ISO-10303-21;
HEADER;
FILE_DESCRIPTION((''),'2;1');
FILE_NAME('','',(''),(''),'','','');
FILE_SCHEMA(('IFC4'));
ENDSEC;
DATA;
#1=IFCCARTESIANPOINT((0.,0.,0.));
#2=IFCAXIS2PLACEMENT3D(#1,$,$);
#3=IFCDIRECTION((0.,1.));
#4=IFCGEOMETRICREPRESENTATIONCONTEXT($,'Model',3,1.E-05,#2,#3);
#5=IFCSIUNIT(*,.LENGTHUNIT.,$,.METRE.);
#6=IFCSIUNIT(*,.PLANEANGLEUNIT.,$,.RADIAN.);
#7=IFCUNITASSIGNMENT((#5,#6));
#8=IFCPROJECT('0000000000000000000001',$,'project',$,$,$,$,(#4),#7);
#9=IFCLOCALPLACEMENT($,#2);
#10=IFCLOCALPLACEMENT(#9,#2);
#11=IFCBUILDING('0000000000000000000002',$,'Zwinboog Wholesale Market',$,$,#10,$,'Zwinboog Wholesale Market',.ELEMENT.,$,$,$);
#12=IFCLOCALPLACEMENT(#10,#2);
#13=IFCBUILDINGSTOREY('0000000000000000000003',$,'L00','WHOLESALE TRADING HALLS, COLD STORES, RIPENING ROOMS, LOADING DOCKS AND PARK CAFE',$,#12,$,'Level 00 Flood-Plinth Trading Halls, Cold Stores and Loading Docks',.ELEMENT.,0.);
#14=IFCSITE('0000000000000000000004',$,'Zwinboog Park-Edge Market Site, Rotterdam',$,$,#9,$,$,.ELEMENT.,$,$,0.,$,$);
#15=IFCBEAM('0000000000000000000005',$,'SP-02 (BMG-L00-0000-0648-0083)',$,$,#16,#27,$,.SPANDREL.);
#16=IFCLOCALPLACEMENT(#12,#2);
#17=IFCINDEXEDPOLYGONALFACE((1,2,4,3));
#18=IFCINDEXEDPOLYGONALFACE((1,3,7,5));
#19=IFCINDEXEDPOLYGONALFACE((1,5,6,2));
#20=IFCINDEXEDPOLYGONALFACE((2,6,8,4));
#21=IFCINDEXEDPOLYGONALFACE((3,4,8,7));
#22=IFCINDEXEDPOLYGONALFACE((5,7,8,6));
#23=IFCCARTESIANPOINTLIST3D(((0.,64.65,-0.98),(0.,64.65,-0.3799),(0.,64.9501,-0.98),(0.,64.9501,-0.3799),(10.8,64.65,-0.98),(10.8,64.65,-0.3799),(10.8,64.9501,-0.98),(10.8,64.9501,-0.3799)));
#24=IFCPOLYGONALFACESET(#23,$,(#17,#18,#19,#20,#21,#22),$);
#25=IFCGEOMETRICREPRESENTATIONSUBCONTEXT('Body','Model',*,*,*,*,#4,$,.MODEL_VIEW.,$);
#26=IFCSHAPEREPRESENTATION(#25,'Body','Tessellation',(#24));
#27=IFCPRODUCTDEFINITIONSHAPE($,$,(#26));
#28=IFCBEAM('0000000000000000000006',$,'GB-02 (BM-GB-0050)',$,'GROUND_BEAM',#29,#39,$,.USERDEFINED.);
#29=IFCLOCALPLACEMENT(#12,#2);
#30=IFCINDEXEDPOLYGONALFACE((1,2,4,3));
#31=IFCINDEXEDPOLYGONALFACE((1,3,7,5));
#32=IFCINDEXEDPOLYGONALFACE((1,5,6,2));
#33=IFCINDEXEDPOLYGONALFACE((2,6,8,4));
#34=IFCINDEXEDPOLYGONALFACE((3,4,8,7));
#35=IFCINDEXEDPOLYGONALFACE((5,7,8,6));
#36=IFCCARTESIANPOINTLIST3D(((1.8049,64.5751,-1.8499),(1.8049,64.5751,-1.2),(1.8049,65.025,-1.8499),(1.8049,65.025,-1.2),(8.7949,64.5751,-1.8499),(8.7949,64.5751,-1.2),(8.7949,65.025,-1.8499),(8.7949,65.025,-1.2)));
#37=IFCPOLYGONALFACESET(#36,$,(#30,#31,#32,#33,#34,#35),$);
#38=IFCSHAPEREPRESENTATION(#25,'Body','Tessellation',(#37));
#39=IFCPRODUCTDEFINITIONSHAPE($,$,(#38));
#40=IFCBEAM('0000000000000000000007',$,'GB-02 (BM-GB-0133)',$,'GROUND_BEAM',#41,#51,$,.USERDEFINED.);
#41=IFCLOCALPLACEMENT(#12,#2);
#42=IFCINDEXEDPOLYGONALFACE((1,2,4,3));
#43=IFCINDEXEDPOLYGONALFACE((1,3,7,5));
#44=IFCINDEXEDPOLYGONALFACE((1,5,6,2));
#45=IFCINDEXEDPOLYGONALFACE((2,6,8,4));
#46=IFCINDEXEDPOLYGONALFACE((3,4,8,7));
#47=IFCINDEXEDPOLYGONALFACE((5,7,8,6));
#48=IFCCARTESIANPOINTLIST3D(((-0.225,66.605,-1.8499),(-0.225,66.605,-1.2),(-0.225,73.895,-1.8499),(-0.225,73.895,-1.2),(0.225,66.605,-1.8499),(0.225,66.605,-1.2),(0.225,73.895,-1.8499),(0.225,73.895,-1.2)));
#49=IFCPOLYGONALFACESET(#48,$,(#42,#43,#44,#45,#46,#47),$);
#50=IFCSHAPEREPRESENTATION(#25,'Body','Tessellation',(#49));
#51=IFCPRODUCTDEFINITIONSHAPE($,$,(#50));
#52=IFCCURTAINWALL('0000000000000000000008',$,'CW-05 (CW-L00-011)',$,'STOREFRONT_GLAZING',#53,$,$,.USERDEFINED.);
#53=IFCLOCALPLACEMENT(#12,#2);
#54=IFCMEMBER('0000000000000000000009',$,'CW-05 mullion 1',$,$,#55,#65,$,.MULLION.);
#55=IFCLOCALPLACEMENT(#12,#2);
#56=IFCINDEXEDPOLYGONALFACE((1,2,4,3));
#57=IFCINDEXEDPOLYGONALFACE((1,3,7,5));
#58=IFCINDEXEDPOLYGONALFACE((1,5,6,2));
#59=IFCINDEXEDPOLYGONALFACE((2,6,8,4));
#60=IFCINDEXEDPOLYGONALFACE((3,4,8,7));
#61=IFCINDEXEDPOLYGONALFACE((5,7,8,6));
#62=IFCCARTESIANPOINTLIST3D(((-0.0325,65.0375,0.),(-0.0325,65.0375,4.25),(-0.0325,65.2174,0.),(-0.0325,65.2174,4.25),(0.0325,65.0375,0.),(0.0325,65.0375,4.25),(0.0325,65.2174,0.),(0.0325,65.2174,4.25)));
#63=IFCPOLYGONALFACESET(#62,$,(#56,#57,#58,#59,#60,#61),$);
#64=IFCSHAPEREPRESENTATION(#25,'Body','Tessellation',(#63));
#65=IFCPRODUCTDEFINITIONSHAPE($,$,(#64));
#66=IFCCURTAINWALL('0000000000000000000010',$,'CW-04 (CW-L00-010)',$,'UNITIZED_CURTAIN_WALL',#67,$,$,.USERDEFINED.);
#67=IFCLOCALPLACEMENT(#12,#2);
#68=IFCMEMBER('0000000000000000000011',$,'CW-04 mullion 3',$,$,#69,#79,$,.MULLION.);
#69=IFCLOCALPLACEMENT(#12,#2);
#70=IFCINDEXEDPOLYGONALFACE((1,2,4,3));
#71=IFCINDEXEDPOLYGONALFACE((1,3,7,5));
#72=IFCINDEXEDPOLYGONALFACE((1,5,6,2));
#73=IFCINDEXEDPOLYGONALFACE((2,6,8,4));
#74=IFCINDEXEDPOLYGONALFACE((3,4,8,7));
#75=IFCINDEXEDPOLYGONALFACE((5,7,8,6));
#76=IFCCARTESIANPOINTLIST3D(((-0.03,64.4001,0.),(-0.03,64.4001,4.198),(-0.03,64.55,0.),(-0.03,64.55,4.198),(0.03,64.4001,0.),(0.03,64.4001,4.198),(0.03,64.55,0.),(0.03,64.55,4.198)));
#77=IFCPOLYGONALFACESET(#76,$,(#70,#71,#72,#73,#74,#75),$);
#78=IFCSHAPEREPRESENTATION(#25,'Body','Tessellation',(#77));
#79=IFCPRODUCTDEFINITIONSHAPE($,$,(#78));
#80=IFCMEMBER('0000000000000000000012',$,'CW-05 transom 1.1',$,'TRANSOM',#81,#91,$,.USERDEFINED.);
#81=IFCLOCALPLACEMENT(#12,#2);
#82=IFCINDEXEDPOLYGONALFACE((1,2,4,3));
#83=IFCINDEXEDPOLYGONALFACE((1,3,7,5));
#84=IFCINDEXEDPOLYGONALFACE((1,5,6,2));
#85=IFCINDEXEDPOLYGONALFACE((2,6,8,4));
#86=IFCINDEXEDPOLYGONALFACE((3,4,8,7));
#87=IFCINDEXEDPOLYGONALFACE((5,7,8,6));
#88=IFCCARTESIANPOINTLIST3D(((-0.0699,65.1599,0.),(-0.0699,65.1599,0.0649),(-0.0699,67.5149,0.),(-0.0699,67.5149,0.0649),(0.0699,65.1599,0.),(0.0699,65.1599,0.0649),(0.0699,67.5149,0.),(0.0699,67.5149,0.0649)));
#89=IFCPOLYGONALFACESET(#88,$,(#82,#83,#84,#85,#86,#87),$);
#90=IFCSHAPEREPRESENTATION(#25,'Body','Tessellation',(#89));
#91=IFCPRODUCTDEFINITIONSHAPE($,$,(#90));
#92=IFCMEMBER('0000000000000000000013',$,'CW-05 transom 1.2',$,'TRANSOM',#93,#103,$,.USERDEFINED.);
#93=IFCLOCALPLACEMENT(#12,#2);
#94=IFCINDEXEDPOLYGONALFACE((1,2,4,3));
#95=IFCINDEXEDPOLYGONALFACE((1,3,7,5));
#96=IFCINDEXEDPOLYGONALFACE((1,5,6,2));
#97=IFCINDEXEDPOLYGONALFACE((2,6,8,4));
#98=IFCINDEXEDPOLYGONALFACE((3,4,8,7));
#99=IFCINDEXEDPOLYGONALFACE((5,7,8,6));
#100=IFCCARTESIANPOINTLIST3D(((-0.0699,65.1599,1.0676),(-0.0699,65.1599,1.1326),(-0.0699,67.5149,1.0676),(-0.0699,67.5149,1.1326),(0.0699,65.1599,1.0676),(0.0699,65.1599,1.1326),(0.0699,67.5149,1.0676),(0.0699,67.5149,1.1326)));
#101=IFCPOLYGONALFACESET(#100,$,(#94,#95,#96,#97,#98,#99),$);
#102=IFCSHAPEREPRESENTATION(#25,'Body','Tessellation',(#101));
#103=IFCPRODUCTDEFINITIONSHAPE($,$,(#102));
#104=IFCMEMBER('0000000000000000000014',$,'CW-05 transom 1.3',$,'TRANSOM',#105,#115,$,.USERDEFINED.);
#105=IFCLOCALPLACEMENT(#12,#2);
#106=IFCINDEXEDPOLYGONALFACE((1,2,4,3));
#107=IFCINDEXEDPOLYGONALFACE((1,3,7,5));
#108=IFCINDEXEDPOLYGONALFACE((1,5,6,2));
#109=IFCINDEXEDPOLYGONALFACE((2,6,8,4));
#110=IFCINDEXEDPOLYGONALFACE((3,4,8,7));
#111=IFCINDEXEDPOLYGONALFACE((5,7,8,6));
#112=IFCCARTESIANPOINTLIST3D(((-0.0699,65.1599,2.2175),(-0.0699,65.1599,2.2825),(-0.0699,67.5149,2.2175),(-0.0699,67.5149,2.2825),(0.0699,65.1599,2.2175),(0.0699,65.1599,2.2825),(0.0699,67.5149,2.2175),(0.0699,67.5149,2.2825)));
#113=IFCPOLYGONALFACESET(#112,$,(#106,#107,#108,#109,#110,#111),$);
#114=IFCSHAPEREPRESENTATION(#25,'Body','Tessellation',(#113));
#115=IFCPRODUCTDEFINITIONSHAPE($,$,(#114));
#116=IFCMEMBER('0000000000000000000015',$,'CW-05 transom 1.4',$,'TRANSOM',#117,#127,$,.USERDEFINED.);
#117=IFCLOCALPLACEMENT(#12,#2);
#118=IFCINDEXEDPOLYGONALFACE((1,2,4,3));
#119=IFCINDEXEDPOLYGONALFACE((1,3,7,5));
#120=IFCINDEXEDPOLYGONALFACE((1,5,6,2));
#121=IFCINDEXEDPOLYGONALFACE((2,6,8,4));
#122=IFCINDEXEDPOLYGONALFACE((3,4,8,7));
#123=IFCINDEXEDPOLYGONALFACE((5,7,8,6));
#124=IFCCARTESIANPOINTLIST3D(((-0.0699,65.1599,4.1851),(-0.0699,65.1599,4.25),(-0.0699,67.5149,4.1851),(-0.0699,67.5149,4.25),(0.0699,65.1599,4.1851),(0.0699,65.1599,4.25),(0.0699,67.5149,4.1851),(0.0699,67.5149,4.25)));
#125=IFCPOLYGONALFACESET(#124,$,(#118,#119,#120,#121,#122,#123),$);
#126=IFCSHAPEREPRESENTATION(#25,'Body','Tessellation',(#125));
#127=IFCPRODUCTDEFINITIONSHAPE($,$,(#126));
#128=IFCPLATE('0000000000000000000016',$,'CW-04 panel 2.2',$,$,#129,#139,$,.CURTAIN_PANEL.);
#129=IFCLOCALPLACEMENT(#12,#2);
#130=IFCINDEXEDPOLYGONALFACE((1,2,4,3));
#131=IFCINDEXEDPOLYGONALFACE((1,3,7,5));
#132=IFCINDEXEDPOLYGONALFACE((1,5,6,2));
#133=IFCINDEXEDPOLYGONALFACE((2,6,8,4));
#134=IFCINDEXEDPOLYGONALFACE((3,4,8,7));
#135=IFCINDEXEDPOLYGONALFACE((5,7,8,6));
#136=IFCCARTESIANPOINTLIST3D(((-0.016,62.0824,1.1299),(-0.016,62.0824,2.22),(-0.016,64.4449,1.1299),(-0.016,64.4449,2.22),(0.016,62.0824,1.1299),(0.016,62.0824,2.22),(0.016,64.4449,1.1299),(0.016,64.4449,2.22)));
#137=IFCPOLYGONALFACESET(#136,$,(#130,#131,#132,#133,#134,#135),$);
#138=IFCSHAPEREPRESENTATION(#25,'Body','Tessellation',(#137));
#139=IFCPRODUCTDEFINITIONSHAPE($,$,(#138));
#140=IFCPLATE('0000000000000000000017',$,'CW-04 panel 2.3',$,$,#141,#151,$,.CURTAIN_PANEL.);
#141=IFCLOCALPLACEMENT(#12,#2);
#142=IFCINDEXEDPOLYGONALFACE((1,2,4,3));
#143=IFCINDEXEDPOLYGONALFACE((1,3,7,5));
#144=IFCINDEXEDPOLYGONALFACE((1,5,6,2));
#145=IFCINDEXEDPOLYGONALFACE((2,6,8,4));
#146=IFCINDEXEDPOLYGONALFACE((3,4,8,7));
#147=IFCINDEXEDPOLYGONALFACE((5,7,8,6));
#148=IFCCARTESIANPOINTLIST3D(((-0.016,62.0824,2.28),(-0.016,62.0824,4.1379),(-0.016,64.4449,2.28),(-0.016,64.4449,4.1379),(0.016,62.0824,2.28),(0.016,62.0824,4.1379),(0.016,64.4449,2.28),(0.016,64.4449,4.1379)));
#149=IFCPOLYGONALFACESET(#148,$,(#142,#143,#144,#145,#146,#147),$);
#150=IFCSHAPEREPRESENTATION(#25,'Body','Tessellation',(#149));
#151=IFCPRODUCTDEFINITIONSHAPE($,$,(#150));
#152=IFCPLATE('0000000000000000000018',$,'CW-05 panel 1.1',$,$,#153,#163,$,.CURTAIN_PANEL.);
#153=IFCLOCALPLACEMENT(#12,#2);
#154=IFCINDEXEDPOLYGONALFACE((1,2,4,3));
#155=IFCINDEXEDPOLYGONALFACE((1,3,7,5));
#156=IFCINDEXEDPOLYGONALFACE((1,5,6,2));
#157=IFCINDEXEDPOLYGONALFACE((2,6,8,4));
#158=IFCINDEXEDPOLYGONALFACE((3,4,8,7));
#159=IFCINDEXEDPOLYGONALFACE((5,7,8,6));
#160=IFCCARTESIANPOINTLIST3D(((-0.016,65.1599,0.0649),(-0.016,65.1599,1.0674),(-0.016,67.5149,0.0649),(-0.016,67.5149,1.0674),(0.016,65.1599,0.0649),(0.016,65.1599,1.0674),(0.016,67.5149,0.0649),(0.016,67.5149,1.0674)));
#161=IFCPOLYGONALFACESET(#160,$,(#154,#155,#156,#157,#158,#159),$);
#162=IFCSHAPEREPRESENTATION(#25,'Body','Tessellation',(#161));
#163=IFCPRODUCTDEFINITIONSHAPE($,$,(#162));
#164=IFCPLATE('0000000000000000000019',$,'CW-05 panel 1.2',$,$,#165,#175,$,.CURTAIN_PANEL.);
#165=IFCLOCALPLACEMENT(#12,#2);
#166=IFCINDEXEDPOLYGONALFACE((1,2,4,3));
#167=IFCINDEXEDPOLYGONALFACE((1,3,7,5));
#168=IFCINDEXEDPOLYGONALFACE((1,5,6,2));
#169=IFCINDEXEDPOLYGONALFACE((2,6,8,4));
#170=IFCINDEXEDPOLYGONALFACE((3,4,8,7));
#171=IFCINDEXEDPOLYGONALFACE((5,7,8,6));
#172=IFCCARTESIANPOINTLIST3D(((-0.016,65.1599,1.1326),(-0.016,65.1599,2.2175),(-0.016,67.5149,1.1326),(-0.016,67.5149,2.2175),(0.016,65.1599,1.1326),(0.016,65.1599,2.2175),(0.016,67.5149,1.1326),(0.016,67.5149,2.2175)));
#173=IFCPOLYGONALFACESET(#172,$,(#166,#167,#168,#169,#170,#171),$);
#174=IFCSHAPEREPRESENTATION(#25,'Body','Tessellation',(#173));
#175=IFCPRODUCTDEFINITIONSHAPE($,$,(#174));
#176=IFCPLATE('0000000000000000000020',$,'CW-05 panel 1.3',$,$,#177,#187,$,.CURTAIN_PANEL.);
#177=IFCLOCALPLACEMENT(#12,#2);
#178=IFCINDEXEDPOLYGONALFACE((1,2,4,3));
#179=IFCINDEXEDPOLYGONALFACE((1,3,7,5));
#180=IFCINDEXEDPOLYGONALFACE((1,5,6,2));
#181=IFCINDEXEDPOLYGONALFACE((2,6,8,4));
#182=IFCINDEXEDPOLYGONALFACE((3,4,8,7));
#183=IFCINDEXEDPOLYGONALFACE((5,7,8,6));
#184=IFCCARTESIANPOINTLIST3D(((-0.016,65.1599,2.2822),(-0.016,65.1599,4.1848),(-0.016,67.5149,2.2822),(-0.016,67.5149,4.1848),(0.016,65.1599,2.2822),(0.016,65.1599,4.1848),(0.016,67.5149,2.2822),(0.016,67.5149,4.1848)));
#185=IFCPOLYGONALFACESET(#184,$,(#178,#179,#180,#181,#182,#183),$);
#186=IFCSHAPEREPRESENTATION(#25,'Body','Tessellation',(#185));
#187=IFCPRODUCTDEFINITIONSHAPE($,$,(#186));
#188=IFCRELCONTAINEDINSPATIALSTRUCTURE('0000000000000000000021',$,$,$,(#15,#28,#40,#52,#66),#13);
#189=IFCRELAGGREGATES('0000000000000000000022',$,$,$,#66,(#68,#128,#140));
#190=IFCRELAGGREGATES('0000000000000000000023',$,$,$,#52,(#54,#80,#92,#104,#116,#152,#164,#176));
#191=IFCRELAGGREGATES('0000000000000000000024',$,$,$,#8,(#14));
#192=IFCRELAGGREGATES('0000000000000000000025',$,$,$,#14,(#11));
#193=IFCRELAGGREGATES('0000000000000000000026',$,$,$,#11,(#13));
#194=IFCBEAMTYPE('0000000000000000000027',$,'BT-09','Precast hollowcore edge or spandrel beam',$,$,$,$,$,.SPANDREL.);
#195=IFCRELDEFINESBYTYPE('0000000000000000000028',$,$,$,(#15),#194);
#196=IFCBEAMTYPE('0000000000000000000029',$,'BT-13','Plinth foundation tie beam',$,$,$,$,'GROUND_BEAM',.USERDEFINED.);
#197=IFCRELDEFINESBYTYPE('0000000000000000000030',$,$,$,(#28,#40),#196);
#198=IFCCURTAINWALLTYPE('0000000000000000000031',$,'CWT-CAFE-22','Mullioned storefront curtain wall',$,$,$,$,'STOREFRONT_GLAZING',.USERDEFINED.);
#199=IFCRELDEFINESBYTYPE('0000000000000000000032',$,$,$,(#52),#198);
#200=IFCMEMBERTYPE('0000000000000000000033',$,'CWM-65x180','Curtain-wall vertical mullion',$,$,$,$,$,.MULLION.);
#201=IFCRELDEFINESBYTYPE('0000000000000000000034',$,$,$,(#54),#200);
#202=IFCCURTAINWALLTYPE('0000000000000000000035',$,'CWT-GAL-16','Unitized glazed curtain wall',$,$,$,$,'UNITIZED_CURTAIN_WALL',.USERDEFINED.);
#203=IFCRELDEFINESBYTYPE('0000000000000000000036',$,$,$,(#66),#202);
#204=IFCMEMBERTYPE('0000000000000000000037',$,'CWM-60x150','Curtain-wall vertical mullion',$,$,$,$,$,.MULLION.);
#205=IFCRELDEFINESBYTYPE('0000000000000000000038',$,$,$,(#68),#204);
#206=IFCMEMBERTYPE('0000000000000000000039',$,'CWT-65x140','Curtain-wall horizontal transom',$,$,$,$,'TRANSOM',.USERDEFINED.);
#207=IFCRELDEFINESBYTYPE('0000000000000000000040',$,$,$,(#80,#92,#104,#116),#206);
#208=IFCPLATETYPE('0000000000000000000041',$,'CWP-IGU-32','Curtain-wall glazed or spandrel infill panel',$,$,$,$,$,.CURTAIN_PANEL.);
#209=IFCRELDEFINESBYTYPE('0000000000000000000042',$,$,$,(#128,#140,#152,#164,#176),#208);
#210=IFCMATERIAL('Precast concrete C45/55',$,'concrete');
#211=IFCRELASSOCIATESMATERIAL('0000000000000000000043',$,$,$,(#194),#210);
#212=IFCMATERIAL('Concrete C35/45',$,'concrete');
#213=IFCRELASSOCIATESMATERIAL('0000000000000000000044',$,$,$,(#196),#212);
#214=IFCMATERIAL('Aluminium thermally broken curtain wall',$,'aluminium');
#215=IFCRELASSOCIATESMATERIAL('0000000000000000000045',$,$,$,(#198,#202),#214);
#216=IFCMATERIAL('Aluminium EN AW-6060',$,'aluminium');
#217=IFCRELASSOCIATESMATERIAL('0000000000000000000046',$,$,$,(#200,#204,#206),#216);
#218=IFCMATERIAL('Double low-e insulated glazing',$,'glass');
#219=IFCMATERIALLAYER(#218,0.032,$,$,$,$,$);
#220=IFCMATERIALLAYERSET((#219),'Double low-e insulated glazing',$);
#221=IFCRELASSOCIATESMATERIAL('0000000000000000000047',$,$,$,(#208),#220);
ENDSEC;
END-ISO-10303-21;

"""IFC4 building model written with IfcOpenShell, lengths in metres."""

from ifc_helpers import new_model, si_unit, direction, frame, origin, origin_2d, place, context, subcontext, project, spatial, rectangle, extrude, material, layer, layer_set, material_profile, profile_set, type_object, element, aggregate, save


model = new_model("IFC4")

# Units and contexts
model_context = context("Model", 3, precision=1e-05, world=origin(), true_north=direction((0.0, 1.0)))
body_context = subcontext(model_context, "Body", "Model", "MODEL_VIEW")
ifc_project = project(units=[si_unit("LENGTHUNIT", "METRE"), si_unit("PLANEANGLEUNIT", "RADIAN")], contexts=[model_context])

# Site, building, storey
site_placement = place(None, origin())
site = spatial("IfcSite", under=ifc_project, at=site_placement, Name="Zwinboog Park-Edge Market Site, Rotterdam", CompositionType="ELEMENT", RefElevation=0.0)
building_placement = place(site_placement, origin())
building = spatial("IfcBuilding", under=site, at=building_placement, Name="Zwinboog Wholesale Market", LongName="Zwinboog Wholesale Market", CompositionType="ELEMENT")
storey_placement = place(building_placement, origin())
storey = spatial("IfcBuildingStorey", under=building, at=storey_placement, Name="L00", Description="WHOLESALE TRADING HALLS, COLD STORES, RIPENING ROOMS, LOADING DOCKS AND PARK CAFE", LongName="Level 00 Flood-Plinth Trading Halls, Cold Stores and Loading Docks", CompositionType="ELEMENT", Elevation=0.0)

# Shared definitions
ifc_material_1 = material(Name="Concrete C35/45", Category="concrete")

# Shared definitions
ifc_material_2 = material(Name="Precast concrete C45/55", Category="concrete")

# Beams
ifc_material_profile_1 = material_profile(ifc_material_2, rectangle(XDim=0.3, YDim=0.6001, at=origin_2d()), Name="PC 300x600")
ifc_profile_set_1 = profile_set([ifc_material_profile_1], Name="Precast concrete C45/55")
beam_type_1 = type_object("IfcBeamType", Name="BT-09", Description="Precast hollowcore edge or spandrel beam", PredefinedType="SPANDREL", material=ifc_profile_set_1)
beam_1_placement = place(storey_placement, frame((0.0, 64.8, -0.6799), z_axis=(1.0, 0.0, 0.0), x_axis=(0.0, 1.0, 0.0)))
element("IfcBeam", 1, at=beam_1_placement, inside=storey, type_object=beam_type_1, Name="SP-02 (BMG-L00-0000-0648-0083)", PredefinedType="SPANDREL", context=body_context, shape_type="SweptSolid", body=[
    extrude(rectangle(XDim=0.3, YDim=0.6001, at=origin_2d()), origin(), (0.0, 0.0, 1.0), 10.8),
])
ifc_material_profile_2 = material_profile(ifc_material_1, rectangle(XDim=0.45, YDim=0.6499, at=origin_2d()), Name="RC 450x650")
ifc_profile_set_2 = profile_set([ifc_material_profile_2], Name="Concrete C35/45")
beam_type_2 = type_object("IfcBeamType", Name="BT-13", Description="Plinth foundation tie beam", ElementType="GROUND_BEAM", PredefinedType="USERDEFINED", material=ifc_profile_set_2)
beam_2_placement = place(storey_placement, frame((1.8049, 64.8, -1.5249), z_axis=(1.0, 0.0, 0.0), x_axis=(0.0, 1.0, 0.0)))
element("IfcBeam", 2, at=beam_2_placement, inside=storey, type_object=beam_type_2, Name="GB-02 (BM-GB-0050)", ObjectType="GROUND_BEAM", PredefinedType="USERDEFINED", context=body_context, shape_type="SweptSolid", body=[
    extrude(rectangle(XDim=0.45, YDim=0.6499, at=origin_2d()), origin(), (0.0, 0.0, 1.0), 6.99),
])
beam_3_placement = place(storey_placement, frame((0.0, 66.605, -1.5249), z_axis=(0.0, 1.0, 0.0), x_axis=(-1.0, 0.0, 0.0)))
element("IfcBeam", 3, at=beam_3_placement, inside=storey, type_object=beam_type_2, Name="GB-02 (BM-GB-0133)", ObjectType="GROUND_BEAM", PredefinedType="USERDEFINED", context=body_context, shape_type="SweptSolid", body=[
    extrude(rectangle(XDim=0.45, YDim=0.6499, at=origin_2d()), origin(), (0.0, 0.0, 1.0), 7.29),
])

# Curtain walls, members
ifc_material_3 = material(Name="Aluminium thermally broken curtain wall", Category="aluminium")
curtain_wall_type_1 = type_object("IfcCurtainWallType", Name="CWT-CAFE-22", Description="Mullioned storefront curtain wall", ElementType="STOREFRONT_GLAZING", PredefinedType="USERDEFINED", material=ifc_material_3)
curtain_wall_1_placement = place(storey_placement, origin())
curtain_wall_1 = element("IfcCurtainWall", 4, at=curtain_wall_1_placement, inside=storey, type_object=curtain_wall_type_1, Name="CW-05 (CW-L00-011)", ObjectType="STOREFRONT_GLAZING", PredefinedType="USERDEFINED")
ifc_material_4 = material(Name="Aluminium EN AW-6060", Category="aluminium")
ifc_material_profile_3 = material_profile(ifc_material_4, rectangle(XDim=0.0649, YDim=0.1799, at=origin_2d()), Name="AL 65x180")
ifc_profile_set_3 = profile_set([ifc_material_profile_3], Name="Aluminium EN AW-6060")
member_type_1 = type_object("IfcMemberType", Name="CWM-65x180", Description="Curtain-wall vertical mullion", PredefinedType="MULLION", material=ifc_profile_set_3)
member_1_placement = place(storey_placement, frame((0.0, 65.1274, 0.0), z_axis=(0.0, 0.0, 1.0), x_axis=(-1.0, 0.0, 0.0)))
member_1 = element("IfcMember", 5, at=member_1_placement, type_object=member_type_1, Name="CW-05 mullion 1", PredefinedType="MULLION", context=body_context, shape_type="SweptSolid", body=[
    extrude(rectangle(XDim=0.0649, YDim=0.1799, at=origin_2d()), origin(), (0.0, 0.0, 1.0), 4.25),
])
curtain_wall_type_2 = type_object("IfcCurtainWallType", Name="CWT-GAL-16", Description="Unitized glazed curtain wall", ElementType="UNITIZED_CURTAIN_WALL", PredefinedType="USERDEFINED", material=ifc_material_3)
curtain_wall_2_placement = place(storey_placement, origin())
curtain_wall_2 = element("IfcCurtainWall", 6, at=curtain_wall_2_placement, inside=storey, type_object=curtain_wall_type_2, Name="CW-04 (CW-L00-010)", ObjectType="UNITIZED_CURTAIN_WALL", PredefinedType="USERDEFINED")
ifc_material_profile_4 = material_profile(ifc_material_4, rectangle(XDim=0.0601, YDim=0.1499, at=origin_2d()), Name="AL 60x150")
ifc_profile_set_4 = profile_set([ifc_material_profile_4], Name="Aluminium EN AW-6060")
member_type_2 = type_object("IfcMemberType", Name="CWM-60x150", Description="Curtain-wall vertical mullion", PredefinedType="MULLION", material=ifc_profile_set_4)
member_2_placement = place(storey_placement, frame((0.0, 64.4751, 0.0), z_axis=(0.0, 0.0, 1.0), x_axis=(-1.0, 0.0, 0.0)))
member_2 = element("IfcMember", 7, at=member_2_placement, type_object=member_type_2, Name="CW-04 mullion 3", PredefinedType="MULLION", context=body_context, shape_type="SweptSolid", body=[
    extrude(rectangle(XDim=0.0601, YDim=0.1499, at=origin_2d()), origin(), (0.0, 0.0, 1.0), 4.198),
])

# Members
ifc_material_profile_5 = material_profile(ifc_material_4, rectangle(XDim=0.1399, YDim=0.0649, at=origin_2d()), Name="AL 65x140")
ifc_profile_set_5 = profile_set([ifc_material_profile_5], Name="Aluminium EN AW-6060")
member_type_3 = type_object("IfcMemberType", Name="CWT-65x140", Description="Curtain-wall horizontal transom", ElementType="TRANSOM", PredefinedType="USERDEFINED", material=ifc_profile_set_5)
member_3_placement = place(storey_placement, frame((0.0, 65.1599, 0.0325), z_axis=(0.0, 1.0, 0.0), x_axis=(-1.0, 0.0, 0.0)))
member_3 = element("IfcMember", 8, at=member_3_placement, type_object=member_type_3, Name="CW-05 transom 1.1", ObjectType="TRANSOM", PredefinedType="USERDEFINED", context=body_context, shape_type="SweptSolid", body=[
    extrude(rectangle(XDim=0.1399, YDim=0.0649, at=origin_2d()), origin(), (0.0, 0.0, 1.0), 2.355),
])
member_4_placement = place(storey_placement, frame((0.0, 65.1599, 1.1001), z_axis=(0.0, 1.0, 0.0), x_axis=(-1.0, 0.0, 0.0)))
member_4 = element("IfcMember", 9, at=member_4_placement, type_object=member_type_3, Name="CW-05 transom 1.2", ObjectType="TRANSOM", PredefinedType="USERDEFINED", context=body_context, shape_type="SweptSolid", body=[
    extrude(rectangle(XDim=0.1399, YDim=0.0649, at=origin_2d()), origin(), (0.0, 0.0, 1.0), 2.355),
])
member_5_placement = place(storey_placement, frame((0.0, 65.1599, 2.25), z_axis=(0.0, 1.0, 0.0), x_axis=(-1.0, 0.0, 0.0)))
member_5 = element("IfcMember", 10, at=member_5_placement, type_object=member_type_3, Name="CW-05 transom 1.3", ObjectType="TRANSOM", PredefinedType="USERDEFINED", context=body_context, shape_type="SweptSolid", body=[
    extrude(rectangle(XDim=0.1399, YDim=0.0649, at=origin_2d()), origin(), (0.0, 0.0, 1.0), 2.355),
])
member_6_placement = place(storey_placement, frame((0.0, 65.1599, 4.2175), z_axis=(0.0, 1.0, 0.0), x_axis=(-1.0, 0.0, 0.0)))
member_6 = element("IfcMember", 11, at=member_6_placement, type_object=member_type_3, Name="CW-05 transom 1.4", ObjectType="TRANSOM", PredefinedType="USERDEFINED", context=body_context, shape_type="SweptSolid", body=[
    extrude(rectangle(XDim=0.1399, YDim=0.0649, at=origin_2d()), origin(), (0.0, 0.0, 1.0), 2.355),
])

# Plates
ifc_material_5 = material(Name="Double low-e insulated glazing", Category="glass")
ifc_layer = layer(ifc_material_5, 0.032)
ifc_layer_set = layer_set([ifc_layer], Name="Double low-e insulated glazing")
plate_type = type_object("IfcPlateType", Name="CWP-IGU-32", Description="Curtain-wall glazed or spandrel infill panel", PredefinedType="CURTAIN_PANEL", material=ifc_layer_set)
plate_1_placement = place(storey_placement, frame((0.0, 63.2637, 1.1299), z_axis=(0.0, 0.0, 1.0), x_axis=(0.0, 1.0, 0.0)))
plate_1 = element("IfcPlate", 12, at=plate_1_placement, type_object=plate_type, Name="CW-04 panel 2.2", PredefinedType="CURTAIN_PANEL", context=body_context, shape_type="SweptSolid", body=[
    extrude(rectangle(XDim=2.3625, YDim=0.032, at=origin_2d()), origin(), (0.0, 0.0, 1.0), 1.0901),
])
plate_2_placement = place(storey_placement, frame((0.0, 63.2637, 2.28), z_axis=(0.0, 0.0, 1.0), x_axis=(0.0, 1.0, 0.0)))
plate_2 = element("IfcPlate", 13, at=plate_2_placement, type_object=plate_type, Name="CW-04 panel 2.3", PredefinedType="CURTAIN_PANEL", context=body_context, shape_type="SweptSolid", body=[
    extrude(rectangle(XDim=2.3625, YDim=0.032, at=origin_2d()), origin(), (0.0, 0.0, 1.0), 1.8579),
])
aggregate(curtain_wall_2, [member_2, plate_1, plate_2])
plate_3_placement = place(storey_placement, frame((0.0, 66.3374, 0.0649), z_axis=(0.0, 0.0, 1.0), x_axis=(0.0, 1.0, 0.0)))
plate_3 = element("IfcPlate", 14, at=plate_3_placement, type_object=plate_type, Name="CW-05 panel 1.1", PredefinedType="CURTAIN_PANEL", context=body_context, shape_type="SweptSolid", body=[
    extrude(rectangle(XDim=2.355, YDim=0.032, at=origin_2d()), origin(), (0.0, 0.0, 1.0), 1.0024),
])
plate_4_placement = place(storey_placement, frame((0.0, 66.3374, 1.1326), z_axis=(0.0, 0.0, 1.0), x_axis=(0.0, 1.0, 0.0)))
plate_4 = element("IfcPlate", 15, at=plate_4_placement, type_object=plate_type, Name="CW-05 panel 1.2", PredefinedType="CURTAIN_PANEL", context=body_context, shape_type="SweptSolid", body=[
    extrude(rectangle(XDim=2.355, YDim=0.032, at=origin_2d()), origin(), (0.0, 0.0, 1.0), 1.085),
])
plate_5_placement = place(storey_placement, frame((0.0, 66.3374, 2.2822), z_axis=(0.0, 0.0, 1.0), x_axis=(0.0, 1.0, 0.0)))
plate_5 = element("IfcPlate", 16, at=plate_5_placement, type_object=plate_type, Name="CW-05 panel 1.3", PredefinedType="CURTAIN_PANEL", context=body_context, shape_type="SweptSolid", body=[
    extrude(rectangle(XDim=2.355, YDim=0.032, at=origin_2d()), origin(), (0.0, 0.0, 1.0), 1.9026),
])
aggregate(curtain_wall_1, [member_1, member_3, member_4, member_5, member_6, plate_3, plate_4, plate_5])

save(model, "model.ifc")
